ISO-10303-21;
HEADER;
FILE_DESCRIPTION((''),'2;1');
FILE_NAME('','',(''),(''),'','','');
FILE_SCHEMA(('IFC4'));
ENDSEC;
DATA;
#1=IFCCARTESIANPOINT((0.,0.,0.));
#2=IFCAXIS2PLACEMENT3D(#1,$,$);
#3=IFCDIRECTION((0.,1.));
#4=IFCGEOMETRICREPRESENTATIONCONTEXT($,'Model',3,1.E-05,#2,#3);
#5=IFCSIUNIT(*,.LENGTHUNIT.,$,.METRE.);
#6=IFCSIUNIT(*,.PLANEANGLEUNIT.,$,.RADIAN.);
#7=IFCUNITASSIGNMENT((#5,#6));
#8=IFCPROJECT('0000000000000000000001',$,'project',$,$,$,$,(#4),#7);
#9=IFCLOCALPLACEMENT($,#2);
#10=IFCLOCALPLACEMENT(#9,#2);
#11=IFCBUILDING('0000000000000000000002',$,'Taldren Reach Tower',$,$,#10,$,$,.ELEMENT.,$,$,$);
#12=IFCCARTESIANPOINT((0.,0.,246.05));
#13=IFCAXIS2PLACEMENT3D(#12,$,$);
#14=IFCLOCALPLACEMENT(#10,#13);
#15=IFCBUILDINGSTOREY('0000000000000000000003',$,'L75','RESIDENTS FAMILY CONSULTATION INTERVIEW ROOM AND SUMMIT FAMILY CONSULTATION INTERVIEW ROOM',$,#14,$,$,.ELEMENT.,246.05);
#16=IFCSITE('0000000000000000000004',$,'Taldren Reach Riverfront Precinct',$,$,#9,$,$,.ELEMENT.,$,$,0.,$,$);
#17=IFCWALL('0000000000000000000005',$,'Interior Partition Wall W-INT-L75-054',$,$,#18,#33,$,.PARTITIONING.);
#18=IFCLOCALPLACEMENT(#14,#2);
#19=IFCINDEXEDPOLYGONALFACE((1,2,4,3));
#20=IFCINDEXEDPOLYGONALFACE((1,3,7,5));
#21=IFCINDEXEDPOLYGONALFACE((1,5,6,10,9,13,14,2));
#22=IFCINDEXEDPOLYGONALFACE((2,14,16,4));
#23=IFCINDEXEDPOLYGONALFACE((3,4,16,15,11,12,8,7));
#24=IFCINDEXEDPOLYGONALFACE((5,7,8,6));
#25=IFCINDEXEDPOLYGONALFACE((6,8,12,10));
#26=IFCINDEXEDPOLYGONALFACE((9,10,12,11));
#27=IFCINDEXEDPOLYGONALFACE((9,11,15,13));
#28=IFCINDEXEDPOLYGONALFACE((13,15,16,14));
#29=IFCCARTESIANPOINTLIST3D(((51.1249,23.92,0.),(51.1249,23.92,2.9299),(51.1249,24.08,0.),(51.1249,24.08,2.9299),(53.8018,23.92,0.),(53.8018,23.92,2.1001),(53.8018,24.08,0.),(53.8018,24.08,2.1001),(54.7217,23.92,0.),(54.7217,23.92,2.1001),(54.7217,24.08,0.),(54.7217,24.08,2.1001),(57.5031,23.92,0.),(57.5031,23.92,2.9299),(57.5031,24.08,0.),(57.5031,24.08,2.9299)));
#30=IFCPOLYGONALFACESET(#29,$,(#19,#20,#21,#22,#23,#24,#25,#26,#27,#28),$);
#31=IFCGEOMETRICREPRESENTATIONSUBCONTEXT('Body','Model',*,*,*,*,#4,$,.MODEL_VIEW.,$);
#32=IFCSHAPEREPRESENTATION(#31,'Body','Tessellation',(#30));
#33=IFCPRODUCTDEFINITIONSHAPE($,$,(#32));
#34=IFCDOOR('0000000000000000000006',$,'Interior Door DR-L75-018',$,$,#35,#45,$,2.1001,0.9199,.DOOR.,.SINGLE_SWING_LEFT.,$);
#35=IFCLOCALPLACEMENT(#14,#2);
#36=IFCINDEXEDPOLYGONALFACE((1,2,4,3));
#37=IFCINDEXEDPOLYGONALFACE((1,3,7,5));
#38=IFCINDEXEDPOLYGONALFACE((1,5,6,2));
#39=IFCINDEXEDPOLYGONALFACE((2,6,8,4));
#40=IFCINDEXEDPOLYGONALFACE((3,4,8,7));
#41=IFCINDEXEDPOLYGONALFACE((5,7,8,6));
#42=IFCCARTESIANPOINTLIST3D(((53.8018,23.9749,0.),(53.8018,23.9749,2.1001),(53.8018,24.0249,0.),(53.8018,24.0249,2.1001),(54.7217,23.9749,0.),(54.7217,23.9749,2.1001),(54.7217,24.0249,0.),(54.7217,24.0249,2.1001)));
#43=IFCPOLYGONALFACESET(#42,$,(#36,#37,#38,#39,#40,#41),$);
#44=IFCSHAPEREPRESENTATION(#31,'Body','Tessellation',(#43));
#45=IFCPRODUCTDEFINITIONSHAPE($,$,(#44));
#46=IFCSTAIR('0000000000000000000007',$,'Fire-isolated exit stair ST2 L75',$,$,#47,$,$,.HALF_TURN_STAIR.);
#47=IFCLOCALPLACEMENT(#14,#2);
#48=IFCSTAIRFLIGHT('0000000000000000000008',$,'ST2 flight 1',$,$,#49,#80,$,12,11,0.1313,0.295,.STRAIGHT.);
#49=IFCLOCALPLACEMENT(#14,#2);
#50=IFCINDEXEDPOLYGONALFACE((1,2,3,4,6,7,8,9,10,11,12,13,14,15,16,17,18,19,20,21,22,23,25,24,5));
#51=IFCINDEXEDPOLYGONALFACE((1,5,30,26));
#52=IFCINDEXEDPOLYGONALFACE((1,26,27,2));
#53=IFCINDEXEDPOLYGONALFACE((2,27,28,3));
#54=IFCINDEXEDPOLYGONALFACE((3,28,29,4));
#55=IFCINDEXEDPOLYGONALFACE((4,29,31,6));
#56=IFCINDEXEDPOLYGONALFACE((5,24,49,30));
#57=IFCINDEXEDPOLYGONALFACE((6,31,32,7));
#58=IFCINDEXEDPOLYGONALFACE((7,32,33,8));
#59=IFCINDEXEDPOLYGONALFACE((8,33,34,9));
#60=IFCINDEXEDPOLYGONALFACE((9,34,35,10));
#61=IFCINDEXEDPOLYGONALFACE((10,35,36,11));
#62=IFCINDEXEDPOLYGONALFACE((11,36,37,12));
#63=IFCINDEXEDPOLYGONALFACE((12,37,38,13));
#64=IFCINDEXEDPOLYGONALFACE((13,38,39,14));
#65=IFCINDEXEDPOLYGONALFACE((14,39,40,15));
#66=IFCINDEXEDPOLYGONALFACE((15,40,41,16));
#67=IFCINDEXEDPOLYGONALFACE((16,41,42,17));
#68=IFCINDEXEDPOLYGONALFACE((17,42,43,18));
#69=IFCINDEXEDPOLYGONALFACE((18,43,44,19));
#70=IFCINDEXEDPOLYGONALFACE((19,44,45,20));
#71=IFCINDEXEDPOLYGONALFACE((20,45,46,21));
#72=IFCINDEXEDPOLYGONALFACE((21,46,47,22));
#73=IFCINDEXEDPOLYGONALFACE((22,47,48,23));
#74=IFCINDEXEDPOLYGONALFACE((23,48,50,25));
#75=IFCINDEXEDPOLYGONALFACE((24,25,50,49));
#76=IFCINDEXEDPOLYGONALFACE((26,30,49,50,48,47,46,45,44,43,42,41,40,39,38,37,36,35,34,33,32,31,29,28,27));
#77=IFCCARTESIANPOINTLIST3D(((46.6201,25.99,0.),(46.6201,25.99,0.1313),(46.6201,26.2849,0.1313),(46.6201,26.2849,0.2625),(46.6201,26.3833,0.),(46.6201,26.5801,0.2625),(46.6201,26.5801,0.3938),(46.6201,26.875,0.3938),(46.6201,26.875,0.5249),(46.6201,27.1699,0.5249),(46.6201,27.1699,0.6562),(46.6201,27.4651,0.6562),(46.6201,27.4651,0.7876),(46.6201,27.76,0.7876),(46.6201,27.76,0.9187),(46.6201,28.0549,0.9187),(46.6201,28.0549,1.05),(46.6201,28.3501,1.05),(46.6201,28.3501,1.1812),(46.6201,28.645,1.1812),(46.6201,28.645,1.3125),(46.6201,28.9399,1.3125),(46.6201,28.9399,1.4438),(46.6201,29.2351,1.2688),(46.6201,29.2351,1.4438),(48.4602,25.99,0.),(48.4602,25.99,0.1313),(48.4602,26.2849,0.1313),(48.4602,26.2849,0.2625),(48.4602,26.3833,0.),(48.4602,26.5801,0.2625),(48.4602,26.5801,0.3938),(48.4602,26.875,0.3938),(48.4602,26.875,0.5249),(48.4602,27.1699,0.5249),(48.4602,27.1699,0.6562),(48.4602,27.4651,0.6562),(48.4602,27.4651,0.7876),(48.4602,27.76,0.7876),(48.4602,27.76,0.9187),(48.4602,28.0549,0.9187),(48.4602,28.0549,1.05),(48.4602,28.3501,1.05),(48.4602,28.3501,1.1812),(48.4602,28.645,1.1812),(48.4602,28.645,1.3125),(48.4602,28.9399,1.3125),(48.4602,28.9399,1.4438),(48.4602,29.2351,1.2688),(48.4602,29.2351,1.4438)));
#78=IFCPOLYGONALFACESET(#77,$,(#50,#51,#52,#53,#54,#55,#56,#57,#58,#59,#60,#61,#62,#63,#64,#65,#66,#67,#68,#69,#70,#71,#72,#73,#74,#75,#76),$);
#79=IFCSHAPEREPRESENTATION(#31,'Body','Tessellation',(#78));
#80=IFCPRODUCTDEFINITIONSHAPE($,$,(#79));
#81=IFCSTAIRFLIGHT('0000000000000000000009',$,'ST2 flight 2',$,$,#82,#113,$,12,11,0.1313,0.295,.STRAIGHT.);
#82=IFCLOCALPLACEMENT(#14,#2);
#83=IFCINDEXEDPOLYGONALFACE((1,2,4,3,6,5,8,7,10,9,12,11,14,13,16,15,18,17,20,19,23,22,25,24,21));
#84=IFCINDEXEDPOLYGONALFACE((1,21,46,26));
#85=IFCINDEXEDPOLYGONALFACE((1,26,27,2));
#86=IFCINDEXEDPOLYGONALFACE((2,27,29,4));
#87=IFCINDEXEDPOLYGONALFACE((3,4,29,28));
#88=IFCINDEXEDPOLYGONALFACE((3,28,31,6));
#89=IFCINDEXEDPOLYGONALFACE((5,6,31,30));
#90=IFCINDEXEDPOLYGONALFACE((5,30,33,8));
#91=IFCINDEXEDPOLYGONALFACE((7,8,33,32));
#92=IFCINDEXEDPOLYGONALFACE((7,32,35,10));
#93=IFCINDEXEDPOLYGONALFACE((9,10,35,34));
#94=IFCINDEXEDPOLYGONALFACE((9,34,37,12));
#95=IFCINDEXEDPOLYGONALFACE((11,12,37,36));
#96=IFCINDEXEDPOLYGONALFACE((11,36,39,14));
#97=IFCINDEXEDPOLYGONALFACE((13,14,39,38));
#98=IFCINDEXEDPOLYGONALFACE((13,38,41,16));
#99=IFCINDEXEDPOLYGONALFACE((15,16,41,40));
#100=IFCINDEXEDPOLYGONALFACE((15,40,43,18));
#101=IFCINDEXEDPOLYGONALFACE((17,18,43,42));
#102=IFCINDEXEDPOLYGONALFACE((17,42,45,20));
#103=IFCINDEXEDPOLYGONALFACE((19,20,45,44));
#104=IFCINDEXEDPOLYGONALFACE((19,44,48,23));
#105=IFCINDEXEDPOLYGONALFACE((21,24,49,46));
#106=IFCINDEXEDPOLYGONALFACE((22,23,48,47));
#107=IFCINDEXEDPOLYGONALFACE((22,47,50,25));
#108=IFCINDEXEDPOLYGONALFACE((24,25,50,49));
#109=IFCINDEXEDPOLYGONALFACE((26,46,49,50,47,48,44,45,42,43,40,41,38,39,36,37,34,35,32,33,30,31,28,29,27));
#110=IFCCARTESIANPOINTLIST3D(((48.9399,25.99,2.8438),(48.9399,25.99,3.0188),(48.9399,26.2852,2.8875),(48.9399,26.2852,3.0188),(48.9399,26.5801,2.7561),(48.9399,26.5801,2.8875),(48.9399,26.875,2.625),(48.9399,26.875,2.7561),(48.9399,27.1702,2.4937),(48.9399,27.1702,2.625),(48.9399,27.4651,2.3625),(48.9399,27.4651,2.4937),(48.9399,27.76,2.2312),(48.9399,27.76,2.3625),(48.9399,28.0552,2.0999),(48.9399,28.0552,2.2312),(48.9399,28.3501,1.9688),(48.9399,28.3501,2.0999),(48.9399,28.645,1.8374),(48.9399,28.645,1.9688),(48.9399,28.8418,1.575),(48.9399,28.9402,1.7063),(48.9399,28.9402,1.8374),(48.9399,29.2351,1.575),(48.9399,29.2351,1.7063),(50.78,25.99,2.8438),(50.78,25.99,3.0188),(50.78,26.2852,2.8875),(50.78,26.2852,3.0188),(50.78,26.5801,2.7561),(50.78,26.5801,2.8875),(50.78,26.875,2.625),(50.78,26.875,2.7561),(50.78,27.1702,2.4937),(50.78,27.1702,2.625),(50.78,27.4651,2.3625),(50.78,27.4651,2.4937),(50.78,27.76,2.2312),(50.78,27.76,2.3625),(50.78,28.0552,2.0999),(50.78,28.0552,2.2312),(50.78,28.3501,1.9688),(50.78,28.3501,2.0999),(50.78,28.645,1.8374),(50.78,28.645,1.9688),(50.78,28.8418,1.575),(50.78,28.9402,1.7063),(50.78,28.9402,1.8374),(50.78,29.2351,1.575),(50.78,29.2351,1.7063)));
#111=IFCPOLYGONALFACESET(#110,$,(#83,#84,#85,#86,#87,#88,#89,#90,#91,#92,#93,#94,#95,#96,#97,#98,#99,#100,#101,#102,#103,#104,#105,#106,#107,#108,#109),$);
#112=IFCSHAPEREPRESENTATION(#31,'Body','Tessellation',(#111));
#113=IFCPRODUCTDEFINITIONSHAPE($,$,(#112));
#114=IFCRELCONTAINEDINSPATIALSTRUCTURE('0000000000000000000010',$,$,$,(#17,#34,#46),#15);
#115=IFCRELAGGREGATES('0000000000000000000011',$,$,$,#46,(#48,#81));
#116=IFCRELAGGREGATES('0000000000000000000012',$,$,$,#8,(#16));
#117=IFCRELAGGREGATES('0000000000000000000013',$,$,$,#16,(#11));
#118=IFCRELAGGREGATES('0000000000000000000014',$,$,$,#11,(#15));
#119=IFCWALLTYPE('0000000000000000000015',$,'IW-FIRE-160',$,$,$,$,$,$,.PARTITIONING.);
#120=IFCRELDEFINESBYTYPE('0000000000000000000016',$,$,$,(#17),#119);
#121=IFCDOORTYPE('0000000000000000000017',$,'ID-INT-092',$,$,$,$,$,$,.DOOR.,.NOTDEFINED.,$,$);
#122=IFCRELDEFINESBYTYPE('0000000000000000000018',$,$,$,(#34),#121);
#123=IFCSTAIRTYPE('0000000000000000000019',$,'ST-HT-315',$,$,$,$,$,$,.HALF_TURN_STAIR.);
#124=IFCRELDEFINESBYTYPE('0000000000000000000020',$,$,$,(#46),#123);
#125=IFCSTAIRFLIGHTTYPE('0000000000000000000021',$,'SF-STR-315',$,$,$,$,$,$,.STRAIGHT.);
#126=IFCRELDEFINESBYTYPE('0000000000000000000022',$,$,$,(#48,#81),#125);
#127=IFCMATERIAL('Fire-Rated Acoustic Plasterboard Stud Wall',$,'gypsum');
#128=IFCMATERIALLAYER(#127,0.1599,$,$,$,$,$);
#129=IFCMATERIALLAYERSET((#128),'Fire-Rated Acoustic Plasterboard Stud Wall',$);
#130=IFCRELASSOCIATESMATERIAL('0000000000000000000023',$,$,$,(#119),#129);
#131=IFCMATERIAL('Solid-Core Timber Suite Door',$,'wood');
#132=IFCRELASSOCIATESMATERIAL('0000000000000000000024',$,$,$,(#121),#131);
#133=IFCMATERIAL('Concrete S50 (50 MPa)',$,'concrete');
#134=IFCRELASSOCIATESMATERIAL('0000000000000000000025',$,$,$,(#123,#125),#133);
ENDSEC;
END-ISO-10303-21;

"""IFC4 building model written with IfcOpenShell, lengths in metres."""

from ifc_helpers import new_model, si_unit, direction, frame, frame_2d, origin, place, context, subcontext, project, spatial, polyline, rectangle, outline, extrude, source, transform, mapped, material, layer, layer_set, type_object, element, fill, aggregate, save


model = new_model("IFC4")

# Units and contexts
model_context = context("Model", 3, precision=1e-05, world=origin(), true_north=direction((0.0, 1.0)))
body_context = subcontext(model_context, "Body", "Model", "MODEL_VIEW")
ifc_project = project(units=[si_unit("LENGTHUNIT", "METRE"), si_unit("PLANEANGLEUNIT", "RADIAN")], contexts=[model_context])

# Site, building, storey
site_placement = place(None, origin())
site = spatial("IfcSite", under=ifc_project, at=site_placement, Name="Taldren Reach Riverfront Precinct", CompositionType="ELEMENT", RefElevation=0.0)
building_placement = place(site_placement, origin())
building = spatial("IfcBuilding", under=site, at=building_placement, Name="Taldren Reach Tower", CompositionType="ELEMENT")
storey_placement = place(building_placement, frame((0.0, 0.0, 246.05)))
storey = spatial("IfcBuildingStorey", under=building, at=storey_placement, Name="L75", Description="RESIDENTS FAMILY CONSULTATION INTERVIEW ROOM AND SUMMIT FAMILY CONSULTATION INTERVIEW ROOM", CompositionType="ELEMENT", Elevation=246.05)

# Wall, opening, door
ifc_material_1 = material(Name="Fire-Rated Acoustic Plasterboard Stud Wall", Category="gypsum")
ifc_layer_1 = layer(ifc_material_1, 0.1599)
ifc_layer_set_1 = layer_set([ifc_layer_1], Name="Fire-Rated Acoustic Plasterboard Stud Wall")
wall_type_1 = type_object("IfcWallType", Name="IW-FIRE-160", PredefinedType="PARTITIONING", material=ifc_layer_set_1)
shared_shape_1 = source(origin(), body_context, "Body", "SweptSolid", [
    extrude(rectangle(XDim=6.3782, YDim=0.1599, at=frame_2d((3.189, 0.0))), origin(), (0.0, 0.0, 1.0), 2.9299),
])
wall_1_placement = place(storey_placement, frame((51.125, 24.0, 0.0), z_axis=(0.0, 0.0, 1.0), x_axis=(1.0, 0.0, 0.0)))
wall_1 = element("IfcWall", 1, at=wall_1_placement, inside=storey, type_object=wall_type_1, Name="Interior Partition Wall W-INT-L75-054", PredefinedType="PARTITIONING", context=body_context, shape_type="MappedRepresentation", body=[
    mapped(shared_shape_1, transform((0.0, 0.0, 0.0), scale=1.0)),
])
shared_shape_2 = source(origin(), body_context, "Body", "SweptSolid", [
    extrude(rectangle(XDim=0.9199, YDim=2.1001, at=frame_2d((0.46, 1.05))), frame((0.0, 0.0898, 0.0), z_axis=(0.0, -1.0, 0.0), x_axis=(1.0, 0.0, 0.0)), (0.0, 0.0, 1.0), 0.1799),
])
opening_placement = place(wall_1_placement, frame((2.6768, 0.0, 0.0)))
opening = element("IfcOpeningElement", 2, at=opening_placement, cuts=wall_1, PredefinedType="OPENING", context=body_context, shape_type="MappedRepresentation", body=[
    mapped(shared_shape_2, transform((0.0, 0.0, 0.0), scale=1.0)),
])
ifc_material_2 = material(Name="Solid-Core Timber Suite Door", Category="wood")
door_type = type_object("IfcDoorType", Name="ID-INT-092", OperationType="NOTDEFINED", PredefinedType="DOOR", material=ifc_material_2)
shared_shape_3 = source(origin(), body_context, "Body", "SweptSolid", [
    extrude(rectangle(XDim=0.9199, YDim=2.1001, at=frame_2d((0.46, 1.05))), frame((0.0, 0.0249, 0.0), z_axis=(0.0, -1.0, 0.0), x_axis=(1.0, 0.0, 0.0)), (0.0, 0.0, 1.0), 0.05),
])
door_placement = place(opening_placement, origin())
door = element("IfcDoor", 3, at=door_placement, inside=storey, type_object=door_type, Name="Interior Door DR-L75-018", OperationType="SINGLE_SWING_LEFT", OverallHeight=2.1001, OverallWidth=0.9199, PredefinedType="DOOR", context=body_context, shape_type="MappedRepresentation", body=[
    mapped(shared_shape_3, transform((0.0, 0.0, 0.0), scale=1.0)),
])
fill(opening, door)

# Stair, stair flights
ifc_material_3 = material(Name="Concrete S50 (50 MPa)", Category="concrete")
stair_type = type_object("IfcStairType", Name="ST-HT-315", PredefinedType="HALF_TURN_STAIR", material=ifc_material_3)
stair_placement = place(storey_placement, origin())
stair = element("IfcStair", 4, at=stair_placement, inside=storey, type_object=stair_type, Name="Fire-isolated exit stair ST2 L75", PredefinedType="HALF_TURN_STAIR")
stair_flight_type = type_object("IfcStairFlightType", Name="SF-STR-315", PredefinedType="STRAIGHT", material=ifc_material_3)
stair_flight_1_placement = place(storey_placement, frame((47.54, 25.99, 0.0), z_axis=(0.0, 0.0, 1.0), x_axis=(0.0, 1.0, 0.0)))
stair_flight_1 = element("IfcStairFlight", 5, at=stair_flight_1_placement, type_object=stair_flight_type, Name="ST2 flight 1", NumberOfRisers=12, NumberOfTreads=11, PredefinedType="STRAIGHT", RiserHeight=0.1313, TreadLength=0.295, context=body_context, shape_type="SweptSolid", body=[
    extrude(outline(polyline([(0.0, 0.0), (0.0, 0.1313), (0.2949, 0.1313), (0.2949, 0.2625), (0.5901, 0.2625), (0.5901, 0.3938), (0.885, 0.3938), (0.885, 0.5249), (1.1799, 0.5249), (1.1799, 0.6562), (1.4751, 0.6562), (1.4751, 0.7876), (1.77, 0.7876), (1.77, 0.9187), (2.0649, 0.9187), (2.0649, 1.05), (2.3601, 1.05), (2.3601, 1.1812), (2.655, 1.1812), (2.655, 1.3125), (2.95, 1.3125), (2.95, 1.4438), (3.2451, 1.4438), (3.2451, 1.575), (3.2451, 1.2688), (0.3933, 0.0), (0.0, 0.0)])), frame((0.0, 0.9199, 0.0), z_axis=(0.0, -1.0, 0.0), x_axis=(1.0, 0.0, 0.0)), (0.0, 0.0, 1.0), 1.8401),
])
stair_flight_2_placement = place(storey_placement, frame((49.8601, 29.2351, 1.575), z_axis=(0.0, 0.0, 1.0), x_axis=(0.0, -1.0, 0.0)))
stair_flight_2 = element("IfcStairFlight", 6, at=stair_flight_2_placement, type_object=stair_flight_type, Name="ST2 flight 2", NumberOfRisers=12, NumberOfTreads=11, PredefinedType="STRAIGHT", RiserHeight=0.1313, TreadLength=0.295, context=body_context, shape_type="SweptSolid", body=[
    extrude(outline(polyline([(0.0, 0.0), (0.0, 0.1313), (0.2949, 0.1313), (0.2949, 0.2625), (0.5901, 0.2625), (0.5901, 0.3938), (0.885, 0.3938), (0.885, 0.5249), (1.1799, 0.5249), (1.1799, 0.6562), (1.4751, 0.6562), (1.4751, 0.7876), (1.77, 0.7876), (1.77, 0.9187), (2.0649, 0.9187), (2.0649, 1.05), (2.3601, 1.05), (2.3601, 1.1812), (2.655, 1.1812), (2.655, 1.3125), (2.95, 1.3125), (2.95, 1.4438), (3.2451, 1.4438), (3.2451, 1.575), (3.2451, 1.2688), (0.3933, 0.0), (0.0, 0.0)])), frame((0.0, 0.9199, 0.0), z_axis=(0.0, -1.0, 0.0), x_axis=(1.0, 0.0, 0.0)), (0.0, 0.0, 1.0), 1.8401),
])
aggregate(stair, [stair_flight_1, stair_flight_2])

save(model, "model.ifc")
